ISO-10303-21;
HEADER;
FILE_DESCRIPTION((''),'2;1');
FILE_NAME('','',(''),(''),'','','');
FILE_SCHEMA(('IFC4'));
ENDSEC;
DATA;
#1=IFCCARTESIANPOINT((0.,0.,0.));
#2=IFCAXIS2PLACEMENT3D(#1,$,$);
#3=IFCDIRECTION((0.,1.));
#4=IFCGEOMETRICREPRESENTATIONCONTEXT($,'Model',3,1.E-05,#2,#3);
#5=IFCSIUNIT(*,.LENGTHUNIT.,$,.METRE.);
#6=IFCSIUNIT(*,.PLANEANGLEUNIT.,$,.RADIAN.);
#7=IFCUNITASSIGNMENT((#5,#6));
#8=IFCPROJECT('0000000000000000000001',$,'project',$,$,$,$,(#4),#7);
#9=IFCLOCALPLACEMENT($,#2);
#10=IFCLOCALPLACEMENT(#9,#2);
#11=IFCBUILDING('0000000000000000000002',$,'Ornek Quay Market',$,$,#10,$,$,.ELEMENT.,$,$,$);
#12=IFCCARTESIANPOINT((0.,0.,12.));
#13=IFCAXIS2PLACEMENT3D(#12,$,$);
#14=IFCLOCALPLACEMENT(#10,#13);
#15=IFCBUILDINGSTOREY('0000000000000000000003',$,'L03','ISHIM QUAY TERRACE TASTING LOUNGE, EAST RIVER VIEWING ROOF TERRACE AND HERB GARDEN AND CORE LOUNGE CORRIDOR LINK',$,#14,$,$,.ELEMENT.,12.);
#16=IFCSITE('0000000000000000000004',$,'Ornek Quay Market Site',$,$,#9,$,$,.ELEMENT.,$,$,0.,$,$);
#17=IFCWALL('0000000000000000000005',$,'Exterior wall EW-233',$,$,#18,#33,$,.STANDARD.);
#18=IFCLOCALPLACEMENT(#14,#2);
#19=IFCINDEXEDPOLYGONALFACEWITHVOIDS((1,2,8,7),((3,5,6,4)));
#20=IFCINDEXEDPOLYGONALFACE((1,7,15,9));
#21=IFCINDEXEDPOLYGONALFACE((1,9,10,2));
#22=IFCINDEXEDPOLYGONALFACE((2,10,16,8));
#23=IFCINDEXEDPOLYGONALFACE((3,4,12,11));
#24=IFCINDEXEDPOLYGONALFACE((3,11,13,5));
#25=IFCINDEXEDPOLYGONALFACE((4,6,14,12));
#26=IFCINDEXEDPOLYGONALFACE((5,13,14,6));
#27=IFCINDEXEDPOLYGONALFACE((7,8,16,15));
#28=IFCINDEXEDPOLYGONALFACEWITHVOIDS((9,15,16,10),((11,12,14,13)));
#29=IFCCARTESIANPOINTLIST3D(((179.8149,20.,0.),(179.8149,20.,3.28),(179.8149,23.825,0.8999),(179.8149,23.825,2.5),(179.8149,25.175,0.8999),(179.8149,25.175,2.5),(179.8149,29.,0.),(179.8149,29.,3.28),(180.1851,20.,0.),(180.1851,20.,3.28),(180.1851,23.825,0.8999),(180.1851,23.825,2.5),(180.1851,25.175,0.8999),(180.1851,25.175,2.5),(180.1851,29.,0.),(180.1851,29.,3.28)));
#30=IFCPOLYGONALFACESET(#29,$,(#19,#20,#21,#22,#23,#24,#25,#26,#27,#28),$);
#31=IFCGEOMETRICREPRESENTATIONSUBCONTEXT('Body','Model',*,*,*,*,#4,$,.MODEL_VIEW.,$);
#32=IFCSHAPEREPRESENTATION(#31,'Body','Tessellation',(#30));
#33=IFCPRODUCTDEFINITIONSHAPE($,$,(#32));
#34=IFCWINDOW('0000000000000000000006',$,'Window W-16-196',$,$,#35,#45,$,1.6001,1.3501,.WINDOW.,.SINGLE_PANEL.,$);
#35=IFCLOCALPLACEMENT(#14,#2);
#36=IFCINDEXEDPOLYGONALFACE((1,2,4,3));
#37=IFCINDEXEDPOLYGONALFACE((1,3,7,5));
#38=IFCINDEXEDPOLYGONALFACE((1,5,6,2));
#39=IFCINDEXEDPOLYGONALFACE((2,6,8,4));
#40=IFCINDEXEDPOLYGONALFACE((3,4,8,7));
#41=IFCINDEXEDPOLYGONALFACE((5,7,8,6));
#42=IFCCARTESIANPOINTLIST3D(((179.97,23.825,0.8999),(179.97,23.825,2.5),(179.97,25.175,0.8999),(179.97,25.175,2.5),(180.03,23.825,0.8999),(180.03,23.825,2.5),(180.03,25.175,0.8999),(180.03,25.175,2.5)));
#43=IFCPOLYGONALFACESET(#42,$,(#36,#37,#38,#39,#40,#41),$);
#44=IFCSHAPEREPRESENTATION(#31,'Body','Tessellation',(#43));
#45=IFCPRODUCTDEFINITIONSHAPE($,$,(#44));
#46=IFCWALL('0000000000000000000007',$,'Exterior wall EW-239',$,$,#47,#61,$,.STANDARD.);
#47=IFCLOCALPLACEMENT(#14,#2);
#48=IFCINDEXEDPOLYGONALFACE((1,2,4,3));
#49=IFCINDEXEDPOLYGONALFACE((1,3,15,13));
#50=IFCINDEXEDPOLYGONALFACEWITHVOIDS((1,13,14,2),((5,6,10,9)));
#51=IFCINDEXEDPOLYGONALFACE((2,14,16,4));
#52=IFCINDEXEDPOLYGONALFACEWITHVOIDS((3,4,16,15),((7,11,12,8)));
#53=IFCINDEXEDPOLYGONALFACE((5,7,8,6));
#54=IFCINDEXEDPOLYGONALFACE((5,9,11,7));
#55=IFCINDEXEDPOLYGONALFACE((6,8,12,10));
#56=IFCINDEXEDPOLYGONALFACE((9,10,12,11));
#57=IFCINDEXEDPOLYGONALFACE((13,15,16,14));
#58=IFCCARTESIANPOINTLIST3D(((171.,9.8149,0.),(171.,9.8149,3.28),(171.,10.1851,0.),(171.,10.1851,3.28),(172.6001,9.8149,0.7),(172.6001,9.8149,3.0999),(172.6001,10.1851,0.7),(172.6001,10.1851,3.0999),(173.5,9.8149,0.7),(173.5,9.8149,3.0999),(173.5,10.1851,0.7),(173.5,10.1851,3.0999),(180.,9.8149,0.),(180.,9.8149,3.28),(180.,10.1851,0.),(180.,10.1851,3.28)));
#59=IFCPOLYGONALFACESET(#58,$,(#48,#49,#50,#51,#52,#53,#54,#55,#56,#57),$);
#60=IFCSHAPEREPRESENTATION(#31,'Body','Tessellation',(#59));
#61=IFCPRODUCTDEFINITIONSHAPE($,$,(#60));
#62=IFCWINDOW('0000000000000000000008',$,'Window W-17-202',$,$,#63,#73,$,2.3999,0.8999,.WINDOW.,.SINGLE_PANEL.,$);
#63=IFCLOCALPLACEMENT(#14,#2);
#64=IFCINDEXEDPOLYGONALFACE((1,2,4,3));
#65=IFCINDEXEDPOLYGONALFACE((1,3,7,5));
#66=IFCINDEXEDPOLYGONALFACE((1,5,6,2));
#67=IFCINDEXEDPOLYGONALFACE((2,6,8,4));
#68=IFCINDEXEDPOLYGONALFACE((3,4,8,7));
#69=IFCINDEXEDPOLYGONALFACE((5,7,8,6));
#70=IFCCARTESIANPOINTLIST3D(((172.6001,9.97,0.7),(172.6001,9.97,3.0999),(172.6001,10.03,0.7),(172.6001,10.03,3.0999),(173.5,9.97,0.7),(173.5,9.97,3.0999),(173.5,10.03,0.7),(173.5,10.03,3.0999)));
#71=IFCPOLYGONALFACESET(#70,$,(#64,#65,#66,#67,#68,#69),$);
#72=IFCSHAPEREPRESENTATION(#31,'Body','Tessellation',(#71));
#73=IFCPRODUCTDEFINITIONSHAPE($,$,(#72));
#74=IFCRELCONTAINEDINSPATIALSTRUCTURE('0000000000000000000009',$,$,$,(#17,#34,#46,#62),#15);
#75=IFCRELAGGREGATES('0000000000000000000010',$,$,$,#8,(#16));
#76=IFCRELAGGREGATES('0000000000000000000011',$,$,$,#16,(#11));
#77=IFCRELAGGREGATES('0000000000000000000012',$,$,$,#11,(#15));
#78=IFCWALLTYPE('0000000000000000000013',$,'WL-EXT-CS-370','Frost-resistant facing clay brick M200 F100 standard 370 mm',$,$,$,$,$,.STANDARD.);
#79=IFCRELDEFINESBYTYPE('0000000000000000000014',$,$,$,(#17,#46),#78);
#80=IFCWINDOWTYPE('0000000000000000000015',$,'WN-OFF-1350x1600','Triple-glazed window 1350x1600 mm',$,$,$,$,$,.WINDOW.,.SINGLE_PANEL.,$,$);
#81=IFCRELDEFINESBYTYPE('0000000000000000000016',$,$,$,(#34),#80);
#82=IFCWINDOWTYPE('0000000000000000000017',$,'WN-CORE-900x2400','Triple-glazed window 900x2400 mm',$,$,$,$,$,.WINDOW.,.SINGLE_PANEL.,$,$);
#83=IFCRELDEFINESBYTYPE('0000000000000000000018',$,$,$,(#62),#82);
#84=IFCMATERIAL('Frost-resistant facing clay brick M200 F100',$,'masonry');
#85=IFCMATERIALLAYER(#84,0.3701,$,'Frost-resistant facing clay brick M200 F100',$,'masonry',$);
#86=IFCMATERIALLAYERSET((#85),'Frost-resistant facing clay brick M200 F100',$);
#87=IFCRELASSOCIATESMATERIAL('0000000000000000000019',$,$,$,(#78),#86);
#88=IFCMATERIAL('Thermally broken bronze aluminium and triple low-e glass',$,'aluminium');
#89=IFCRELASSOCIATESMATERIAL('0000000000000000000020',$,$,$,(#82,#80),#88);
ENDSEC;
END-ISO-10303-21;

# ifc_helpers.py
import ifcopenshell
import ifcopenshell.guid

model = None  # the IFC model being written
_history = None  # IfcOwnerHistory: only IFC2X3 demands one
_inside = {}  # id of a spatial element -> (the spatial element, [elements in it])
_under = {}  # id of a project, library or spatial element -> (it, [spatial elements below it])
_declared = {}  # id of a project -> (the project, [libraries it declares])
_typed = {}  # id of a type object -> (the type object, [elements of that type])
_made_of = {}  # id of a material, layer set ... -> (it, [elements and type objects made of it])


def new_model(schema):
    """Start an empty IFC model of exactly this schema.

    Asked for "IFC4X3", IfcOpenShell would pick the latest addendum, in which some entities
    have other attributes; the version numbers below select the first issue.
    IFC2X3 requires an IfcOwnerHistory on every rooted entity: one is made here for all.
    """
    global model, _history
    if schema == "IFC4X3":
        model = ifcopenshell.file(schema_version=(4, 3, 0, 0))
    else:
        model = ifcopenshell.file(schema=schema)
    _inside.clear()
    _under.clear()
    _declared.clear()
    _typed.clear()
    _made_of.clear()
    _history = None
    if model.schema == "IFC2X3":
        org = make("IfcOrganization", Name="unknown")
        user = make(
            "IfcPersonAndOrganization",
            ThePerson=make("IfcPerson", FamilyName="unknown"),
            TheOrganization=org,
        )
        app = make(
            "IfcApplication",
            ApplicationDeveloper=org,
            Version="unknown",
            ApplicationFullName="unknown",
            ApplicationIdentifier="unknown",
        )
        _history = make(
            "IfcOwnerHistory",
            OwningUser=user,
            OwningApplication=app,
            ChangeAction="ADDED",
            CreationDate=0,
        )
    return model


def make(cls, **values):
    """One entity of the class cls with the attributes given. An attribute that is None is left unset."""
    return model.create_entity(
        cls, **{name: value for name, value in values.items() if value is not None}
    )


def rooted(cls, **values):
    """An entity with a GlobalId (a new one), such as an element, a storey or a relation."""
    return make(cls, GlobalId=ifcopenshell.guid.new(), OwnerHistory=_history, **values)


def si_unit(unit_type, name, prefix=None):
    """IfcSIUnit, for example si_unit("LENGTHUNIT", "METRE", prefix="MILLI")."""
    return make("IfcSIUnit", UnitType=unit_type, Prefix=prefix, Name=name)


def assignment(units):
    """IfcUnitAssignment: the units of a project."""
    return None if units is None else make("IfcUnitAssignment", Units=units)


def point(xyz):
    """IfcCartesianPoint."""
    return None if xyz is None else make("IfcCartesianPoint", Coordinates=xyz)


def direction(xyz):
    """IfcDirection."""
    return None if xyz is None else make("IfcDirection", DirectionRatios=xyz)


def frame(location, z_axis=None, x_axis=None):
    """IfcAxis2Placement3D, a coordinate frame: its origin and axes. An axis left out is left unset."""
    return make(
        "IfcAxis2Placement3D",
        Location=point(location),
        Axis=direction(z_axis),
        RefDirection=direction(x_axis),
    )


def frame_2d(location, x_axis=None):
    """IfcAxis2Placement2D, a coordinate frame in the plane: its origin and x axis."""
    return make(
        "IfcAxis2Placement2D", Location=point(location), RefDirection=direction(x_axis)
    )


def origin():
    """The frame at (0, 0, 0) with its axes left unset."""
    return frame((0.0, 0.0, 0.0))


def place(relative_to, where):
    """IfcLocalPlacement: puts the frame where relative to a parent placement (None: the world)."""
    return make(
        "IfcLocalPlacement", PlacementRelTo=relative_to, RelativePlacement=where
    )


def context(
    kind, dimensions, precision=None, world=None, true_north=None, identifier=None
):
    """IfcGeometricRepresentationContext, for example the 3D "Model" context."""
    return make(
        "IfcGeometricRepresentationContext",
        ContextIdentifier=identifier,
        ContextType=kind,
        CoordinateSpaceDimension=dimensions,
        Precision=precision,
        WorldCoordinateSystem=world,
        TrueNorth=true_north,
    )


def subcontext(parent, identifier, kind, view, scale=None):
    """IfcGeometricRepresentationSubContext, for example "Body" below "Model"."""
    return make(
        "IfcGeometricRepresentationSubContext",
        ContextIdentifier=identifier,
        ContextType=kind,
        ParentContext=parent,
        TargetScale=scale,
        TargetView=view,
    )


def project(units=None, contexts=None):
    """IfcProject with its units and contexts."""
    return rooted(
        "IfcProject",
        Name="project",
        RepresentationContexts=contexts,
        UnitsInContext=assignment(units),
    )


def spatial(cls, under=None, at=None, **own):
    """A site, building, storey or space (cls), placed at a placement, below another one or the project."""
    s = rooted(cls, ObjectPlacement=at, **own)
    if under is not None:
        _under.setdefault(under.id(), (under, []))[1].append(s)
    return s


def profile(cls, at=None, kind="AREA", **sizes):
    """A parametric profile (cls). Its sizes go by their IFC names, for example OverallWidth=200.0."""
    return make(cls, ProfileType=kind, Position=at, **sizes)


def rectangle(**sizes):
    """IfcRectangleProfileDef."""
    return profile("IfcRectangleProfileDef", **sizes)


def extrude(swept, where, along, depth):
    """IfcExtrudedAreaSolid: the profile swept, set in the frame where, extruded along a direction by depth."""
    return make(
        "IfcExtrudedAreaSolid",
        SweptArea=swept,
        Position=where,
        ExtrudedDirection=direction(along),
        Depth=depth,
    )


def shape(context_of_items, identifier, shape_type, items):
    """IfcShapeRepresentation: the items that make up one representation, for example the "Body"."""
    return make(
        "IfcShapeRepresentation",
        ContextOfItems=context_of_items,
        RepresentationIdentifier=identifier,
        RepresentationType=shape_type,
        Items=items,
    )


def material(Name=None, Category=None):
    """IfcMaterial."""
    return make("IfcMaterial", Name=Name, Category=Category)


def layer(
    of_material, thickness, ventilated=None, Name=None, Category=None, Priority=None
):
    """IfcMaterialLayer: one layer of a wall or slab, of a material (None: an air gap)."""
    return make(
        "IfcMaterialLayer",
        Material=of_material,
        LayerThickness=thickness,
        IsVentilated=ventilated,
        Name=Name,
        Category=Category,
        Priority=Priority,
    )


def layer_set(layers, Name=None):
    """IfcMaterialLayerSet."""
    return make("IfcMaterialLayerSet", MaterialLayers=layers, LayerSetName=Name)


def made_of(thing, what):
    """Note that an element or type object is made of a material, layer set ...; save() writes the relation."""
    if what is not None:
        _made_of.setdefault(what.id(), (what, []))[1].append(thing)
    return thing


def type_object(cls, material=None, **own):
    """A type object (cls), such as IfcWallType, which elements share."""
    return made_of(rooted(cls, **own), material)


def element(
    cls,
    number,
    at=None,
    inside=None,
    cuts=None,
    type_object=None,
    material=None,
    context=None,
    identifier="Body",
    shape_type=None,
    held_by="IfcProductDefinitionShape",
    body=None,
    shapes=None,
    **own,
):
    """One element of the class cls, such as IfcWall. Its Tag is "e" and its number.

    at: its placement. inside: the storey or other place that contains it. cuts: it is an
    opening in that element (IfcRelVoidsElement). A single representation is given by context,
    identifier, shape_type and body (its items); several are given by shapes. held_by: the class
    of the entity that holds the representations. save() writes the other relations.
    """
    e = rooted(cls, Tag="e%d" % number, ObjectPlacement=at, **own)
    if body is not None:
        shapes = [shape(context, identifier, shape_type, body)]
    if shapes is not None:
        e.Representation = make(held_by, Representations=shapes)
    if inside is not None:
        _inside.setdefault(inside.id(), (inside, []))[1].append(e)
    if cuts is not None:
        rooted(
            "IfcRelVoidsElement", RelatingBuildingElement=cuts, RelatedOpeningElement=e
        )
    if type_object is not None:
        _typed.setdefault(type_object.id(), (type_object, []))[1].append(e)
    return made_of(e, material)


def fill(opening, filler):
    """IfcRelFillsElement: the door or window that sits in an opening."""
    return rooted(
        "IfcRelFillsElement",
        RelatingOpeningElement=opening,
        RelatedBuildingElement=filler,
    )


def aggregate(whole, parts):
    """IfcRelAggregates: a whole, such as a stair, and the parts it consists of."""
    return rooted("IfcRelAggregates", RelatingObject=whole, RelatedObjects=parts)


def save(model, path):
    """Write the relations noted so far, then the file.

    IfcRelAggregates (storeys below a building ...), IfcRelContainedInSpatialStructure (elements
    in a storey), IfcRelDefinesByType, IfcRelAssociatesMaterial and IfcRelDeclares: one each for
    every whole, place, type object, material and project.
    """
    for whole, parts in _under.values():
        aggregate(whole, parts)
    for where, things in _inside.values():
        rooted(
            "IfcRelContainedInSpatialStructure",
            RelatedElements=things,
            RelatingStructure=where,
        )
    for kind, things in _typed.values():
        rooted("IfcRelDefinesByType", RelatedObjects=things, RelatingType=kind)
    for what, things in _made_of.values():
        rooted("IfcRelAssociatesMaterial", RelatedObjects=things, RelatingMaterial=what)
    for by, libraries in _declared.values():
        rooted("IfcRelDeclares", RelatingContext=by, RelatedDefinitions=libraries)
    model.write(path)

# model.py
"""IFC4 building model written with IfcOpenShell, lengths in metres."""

from ifc_helpers import new_model, si_unit, direction, frame, frame_2d, origin, place, context, subcontext, project, spatial, rectangle, extrude, material, layer, layer_set, type_object, element, fill, save


model = new_model("IFC4")

# Units and contexts
model_context = context("Model", 3, precision=1e-05, world=origin(), true_north=direction((0.0, 1.0)))
body_context = subcontext(model_context, "Body", "Model", "MODEL_VIEW")
ifc_project = project(units=[si_unit("LENGTHUNIT", "METRE"), si_unit("PLANEANGLEUNIT", "RADIAN")], contexts=[model_context])

# Site, building, storey
site_placement = place(None, origin())
site = spatial("IfcSite", under=ifc_project, at=site_placement, Name="Ornek Quay Market Site", CompositionType="ELEMENT", RefElevation=0.0)
building_placement = place(site_placement, origin())
building = spatial("IfcBuilding", under=site, at=building_placement, Name="Ornek Quay Market", CompositionType="ELEMENT")
storey_placement = place(building_placement, frame((0.0, 0.0, 12.0)))
storey = spatial("IfcBuildingStorey", under=building, at=storey_placement, Name="L03", Description="ISHIM QUAY TERRACE TASTING LOUNGE, EAST RIVER VIEWING ROOF TERRACE AND HERB GARDEN AND CORE LOUNGE CORRIDOR LINK", CompositionType="ELEMENT", Elevation=12.0)

# Walls, openings, windows
ifc_material_1 = material(Name="Frost-resistant facing clay brick M200 F100", Category="masonry")
ifc_layer_1 = layer(ifc_material_1, 0.3701, Name="Frost-resistant facing clay brick M200 F100", Category="masonry")
ifc_layer_set_1 = layer_set([ifc_layer_1], Name="Frost-resistant facing clay brick M200 F100")
wall_type_1 = type_object("IfcWallType", Name="WL-EXT-CS-370", Description="Frost-resistant facing clay brick M200 F100 standard 370 mm", PredefinedType="STANDARD", material=ifc_layer_set_1)
ifc_material_2 = material(Name="Thermally broken bronze aluminium and triple low-e glass", Category="aluminium")
window_type_1 = type_object("IfcWindowType", Name="WN-CORE-900x2400", Description="Triple-glazed window 900x2400 mm", PartitioningType="SINGLE_PANEL", PredefinedType="WINDOW", material=ifc_material_2)
wall_1_placement = place(storey_placement, frame((180.0, 20.0, 0.0), z_axis=(0.0, 0.0, 1.0), x_axis=(0.0, 1.0, 0.0)))
wall_1 = element("IfcWall", 1, at=wall_1_placement, inside=storey, type_object=wall_type_1, Name="Exterior wall EW-233", PredefinedType="STANDARD", context=body_context, shape_type="SweptSolid", body=[
    extrude(rectangle(XDim=9.0, YDim=0.3701, at=frame_2d((4.5, 0.0))), origin(), (0.0, 0.0, 1.0), 3.28),
])
opening_1_placement = place(wall_1_placement, frame((3.825, 0.0, 0.8999)))
opening_1 = element("IfcOpeningElement", 2, at=opening_1_placement, cuts=wall_1, PredefinedType="OPENING", context=body_context, shape_type="SweptSolid", body=[
    extrude(rectangle(XDim=1.3501, YDim=1.6001, at=frame_2d((0.675, 0.8))), frame((0.0, 0.1951, 0.0), z_axis=(0.0, -1.0, 0.0), x_axis=(1.0, 0.0, 0.0)), (0.0, 0.0, 1.0), 0.3901),
])
window_type_2 = type_object("IfcWindowType", Name="WN-OFF-1350x1600", Description="Triple-glazed window 1350x1600 mm", PartitioningType="SINGLE_PANEL", PredefinedType="WINDOW", material=ifc_material_2)
window_1_placement = place(opening_1_placement, origin())
window_1 = element("IfcWindow", 3, at=window_1_placement, inside=storey, type_object=window_type_2, Name="Window W-16-196", OverallHeight=1.6001, OverallWidth=1.3501, PartitioningType="SINGLE_PANEL", PredefinedType="WINDOW", context=body_context, shape_type="SweptSolid", body=[
    extrude(rectangle(XDim=1.3501, YDim=1.6001, at=frame_2d((0.675, 0.8))), frame((0.0, 0.03, 0.0), z_axis=(0.0, -1.0, 0.0), x_axis=(1.0, 0.0, 0.0)), (0.0, 0.0, 1.0), 0.0601),
])
fill(opening_1, window_1)
wall_2_placement = place(storey_placement, frame((171.0, 10.0, 0.0), z_axis=(0.0, 0.0, 1.0), x_axis=(1.0, 0.0, 0.0)))
wall_2 = element("IfcWall", 4, at=wall_2_placement, inside=storey, type_object=wall_type_1, Name="Exterior wall EW-239", PredefinedType="STANDARD", context=body_context, shape_type="SweptSolid", body=[
    extrude(rectangle(XDim=9.0, YDim=0.3701, at=frame_2d((4.5, 0.0))), origin(), (0.0, 0.0, 1.0), 3.28),
])
opening_2_placement = place(wall_2_placement, frame((1.6001, 0.0, 0.7)))
opening_2 = element("IfcOpeningElement", 5, at=opening_2_placement, cuts=wall_2, PredefinedType="OPENING", context=body_context, shape_type="SweptSolid", body=[
    extrude(rectangle(XDim=0.8999, YDim=2.3999, at=frame_2d((0.45, 1.2))), frame((0.0, 0.1951, 0.0), z_axis=(0.0, -1.0, 0.0), x_axis=(1.0, 0.0, 0.0)), (0.0, 0.0, 1.0), 0.3901),
])
window_2_placement = place(opening_2_placement, origin())
window_2 = element("IfcWindow", 6, at=window_2_placement, inside=storey, type_object=window_type_1, Name="Window W-17-202", OverallHeight=2.3999, OverallWidth=0.8999, PartitioningType="SINGLE_PANEL", PredefinedType="WINDOW", context=body_context, shape_type="SweptSolid", body=[
    extrude(rectangle(XDim=0.8999, YDim=2.3999, at=frame_2d((0.45, 1.2))), frame((0.0, 0.03, 0.0), z_axis=(0.0, -1.0, 0.0), x_axis=(1.0, 0.0, 0.0)), (0.0, 0.0, 1.0), 0.0601),
])
fill(opening_2, window_2)

save(model, "model.ifc")
